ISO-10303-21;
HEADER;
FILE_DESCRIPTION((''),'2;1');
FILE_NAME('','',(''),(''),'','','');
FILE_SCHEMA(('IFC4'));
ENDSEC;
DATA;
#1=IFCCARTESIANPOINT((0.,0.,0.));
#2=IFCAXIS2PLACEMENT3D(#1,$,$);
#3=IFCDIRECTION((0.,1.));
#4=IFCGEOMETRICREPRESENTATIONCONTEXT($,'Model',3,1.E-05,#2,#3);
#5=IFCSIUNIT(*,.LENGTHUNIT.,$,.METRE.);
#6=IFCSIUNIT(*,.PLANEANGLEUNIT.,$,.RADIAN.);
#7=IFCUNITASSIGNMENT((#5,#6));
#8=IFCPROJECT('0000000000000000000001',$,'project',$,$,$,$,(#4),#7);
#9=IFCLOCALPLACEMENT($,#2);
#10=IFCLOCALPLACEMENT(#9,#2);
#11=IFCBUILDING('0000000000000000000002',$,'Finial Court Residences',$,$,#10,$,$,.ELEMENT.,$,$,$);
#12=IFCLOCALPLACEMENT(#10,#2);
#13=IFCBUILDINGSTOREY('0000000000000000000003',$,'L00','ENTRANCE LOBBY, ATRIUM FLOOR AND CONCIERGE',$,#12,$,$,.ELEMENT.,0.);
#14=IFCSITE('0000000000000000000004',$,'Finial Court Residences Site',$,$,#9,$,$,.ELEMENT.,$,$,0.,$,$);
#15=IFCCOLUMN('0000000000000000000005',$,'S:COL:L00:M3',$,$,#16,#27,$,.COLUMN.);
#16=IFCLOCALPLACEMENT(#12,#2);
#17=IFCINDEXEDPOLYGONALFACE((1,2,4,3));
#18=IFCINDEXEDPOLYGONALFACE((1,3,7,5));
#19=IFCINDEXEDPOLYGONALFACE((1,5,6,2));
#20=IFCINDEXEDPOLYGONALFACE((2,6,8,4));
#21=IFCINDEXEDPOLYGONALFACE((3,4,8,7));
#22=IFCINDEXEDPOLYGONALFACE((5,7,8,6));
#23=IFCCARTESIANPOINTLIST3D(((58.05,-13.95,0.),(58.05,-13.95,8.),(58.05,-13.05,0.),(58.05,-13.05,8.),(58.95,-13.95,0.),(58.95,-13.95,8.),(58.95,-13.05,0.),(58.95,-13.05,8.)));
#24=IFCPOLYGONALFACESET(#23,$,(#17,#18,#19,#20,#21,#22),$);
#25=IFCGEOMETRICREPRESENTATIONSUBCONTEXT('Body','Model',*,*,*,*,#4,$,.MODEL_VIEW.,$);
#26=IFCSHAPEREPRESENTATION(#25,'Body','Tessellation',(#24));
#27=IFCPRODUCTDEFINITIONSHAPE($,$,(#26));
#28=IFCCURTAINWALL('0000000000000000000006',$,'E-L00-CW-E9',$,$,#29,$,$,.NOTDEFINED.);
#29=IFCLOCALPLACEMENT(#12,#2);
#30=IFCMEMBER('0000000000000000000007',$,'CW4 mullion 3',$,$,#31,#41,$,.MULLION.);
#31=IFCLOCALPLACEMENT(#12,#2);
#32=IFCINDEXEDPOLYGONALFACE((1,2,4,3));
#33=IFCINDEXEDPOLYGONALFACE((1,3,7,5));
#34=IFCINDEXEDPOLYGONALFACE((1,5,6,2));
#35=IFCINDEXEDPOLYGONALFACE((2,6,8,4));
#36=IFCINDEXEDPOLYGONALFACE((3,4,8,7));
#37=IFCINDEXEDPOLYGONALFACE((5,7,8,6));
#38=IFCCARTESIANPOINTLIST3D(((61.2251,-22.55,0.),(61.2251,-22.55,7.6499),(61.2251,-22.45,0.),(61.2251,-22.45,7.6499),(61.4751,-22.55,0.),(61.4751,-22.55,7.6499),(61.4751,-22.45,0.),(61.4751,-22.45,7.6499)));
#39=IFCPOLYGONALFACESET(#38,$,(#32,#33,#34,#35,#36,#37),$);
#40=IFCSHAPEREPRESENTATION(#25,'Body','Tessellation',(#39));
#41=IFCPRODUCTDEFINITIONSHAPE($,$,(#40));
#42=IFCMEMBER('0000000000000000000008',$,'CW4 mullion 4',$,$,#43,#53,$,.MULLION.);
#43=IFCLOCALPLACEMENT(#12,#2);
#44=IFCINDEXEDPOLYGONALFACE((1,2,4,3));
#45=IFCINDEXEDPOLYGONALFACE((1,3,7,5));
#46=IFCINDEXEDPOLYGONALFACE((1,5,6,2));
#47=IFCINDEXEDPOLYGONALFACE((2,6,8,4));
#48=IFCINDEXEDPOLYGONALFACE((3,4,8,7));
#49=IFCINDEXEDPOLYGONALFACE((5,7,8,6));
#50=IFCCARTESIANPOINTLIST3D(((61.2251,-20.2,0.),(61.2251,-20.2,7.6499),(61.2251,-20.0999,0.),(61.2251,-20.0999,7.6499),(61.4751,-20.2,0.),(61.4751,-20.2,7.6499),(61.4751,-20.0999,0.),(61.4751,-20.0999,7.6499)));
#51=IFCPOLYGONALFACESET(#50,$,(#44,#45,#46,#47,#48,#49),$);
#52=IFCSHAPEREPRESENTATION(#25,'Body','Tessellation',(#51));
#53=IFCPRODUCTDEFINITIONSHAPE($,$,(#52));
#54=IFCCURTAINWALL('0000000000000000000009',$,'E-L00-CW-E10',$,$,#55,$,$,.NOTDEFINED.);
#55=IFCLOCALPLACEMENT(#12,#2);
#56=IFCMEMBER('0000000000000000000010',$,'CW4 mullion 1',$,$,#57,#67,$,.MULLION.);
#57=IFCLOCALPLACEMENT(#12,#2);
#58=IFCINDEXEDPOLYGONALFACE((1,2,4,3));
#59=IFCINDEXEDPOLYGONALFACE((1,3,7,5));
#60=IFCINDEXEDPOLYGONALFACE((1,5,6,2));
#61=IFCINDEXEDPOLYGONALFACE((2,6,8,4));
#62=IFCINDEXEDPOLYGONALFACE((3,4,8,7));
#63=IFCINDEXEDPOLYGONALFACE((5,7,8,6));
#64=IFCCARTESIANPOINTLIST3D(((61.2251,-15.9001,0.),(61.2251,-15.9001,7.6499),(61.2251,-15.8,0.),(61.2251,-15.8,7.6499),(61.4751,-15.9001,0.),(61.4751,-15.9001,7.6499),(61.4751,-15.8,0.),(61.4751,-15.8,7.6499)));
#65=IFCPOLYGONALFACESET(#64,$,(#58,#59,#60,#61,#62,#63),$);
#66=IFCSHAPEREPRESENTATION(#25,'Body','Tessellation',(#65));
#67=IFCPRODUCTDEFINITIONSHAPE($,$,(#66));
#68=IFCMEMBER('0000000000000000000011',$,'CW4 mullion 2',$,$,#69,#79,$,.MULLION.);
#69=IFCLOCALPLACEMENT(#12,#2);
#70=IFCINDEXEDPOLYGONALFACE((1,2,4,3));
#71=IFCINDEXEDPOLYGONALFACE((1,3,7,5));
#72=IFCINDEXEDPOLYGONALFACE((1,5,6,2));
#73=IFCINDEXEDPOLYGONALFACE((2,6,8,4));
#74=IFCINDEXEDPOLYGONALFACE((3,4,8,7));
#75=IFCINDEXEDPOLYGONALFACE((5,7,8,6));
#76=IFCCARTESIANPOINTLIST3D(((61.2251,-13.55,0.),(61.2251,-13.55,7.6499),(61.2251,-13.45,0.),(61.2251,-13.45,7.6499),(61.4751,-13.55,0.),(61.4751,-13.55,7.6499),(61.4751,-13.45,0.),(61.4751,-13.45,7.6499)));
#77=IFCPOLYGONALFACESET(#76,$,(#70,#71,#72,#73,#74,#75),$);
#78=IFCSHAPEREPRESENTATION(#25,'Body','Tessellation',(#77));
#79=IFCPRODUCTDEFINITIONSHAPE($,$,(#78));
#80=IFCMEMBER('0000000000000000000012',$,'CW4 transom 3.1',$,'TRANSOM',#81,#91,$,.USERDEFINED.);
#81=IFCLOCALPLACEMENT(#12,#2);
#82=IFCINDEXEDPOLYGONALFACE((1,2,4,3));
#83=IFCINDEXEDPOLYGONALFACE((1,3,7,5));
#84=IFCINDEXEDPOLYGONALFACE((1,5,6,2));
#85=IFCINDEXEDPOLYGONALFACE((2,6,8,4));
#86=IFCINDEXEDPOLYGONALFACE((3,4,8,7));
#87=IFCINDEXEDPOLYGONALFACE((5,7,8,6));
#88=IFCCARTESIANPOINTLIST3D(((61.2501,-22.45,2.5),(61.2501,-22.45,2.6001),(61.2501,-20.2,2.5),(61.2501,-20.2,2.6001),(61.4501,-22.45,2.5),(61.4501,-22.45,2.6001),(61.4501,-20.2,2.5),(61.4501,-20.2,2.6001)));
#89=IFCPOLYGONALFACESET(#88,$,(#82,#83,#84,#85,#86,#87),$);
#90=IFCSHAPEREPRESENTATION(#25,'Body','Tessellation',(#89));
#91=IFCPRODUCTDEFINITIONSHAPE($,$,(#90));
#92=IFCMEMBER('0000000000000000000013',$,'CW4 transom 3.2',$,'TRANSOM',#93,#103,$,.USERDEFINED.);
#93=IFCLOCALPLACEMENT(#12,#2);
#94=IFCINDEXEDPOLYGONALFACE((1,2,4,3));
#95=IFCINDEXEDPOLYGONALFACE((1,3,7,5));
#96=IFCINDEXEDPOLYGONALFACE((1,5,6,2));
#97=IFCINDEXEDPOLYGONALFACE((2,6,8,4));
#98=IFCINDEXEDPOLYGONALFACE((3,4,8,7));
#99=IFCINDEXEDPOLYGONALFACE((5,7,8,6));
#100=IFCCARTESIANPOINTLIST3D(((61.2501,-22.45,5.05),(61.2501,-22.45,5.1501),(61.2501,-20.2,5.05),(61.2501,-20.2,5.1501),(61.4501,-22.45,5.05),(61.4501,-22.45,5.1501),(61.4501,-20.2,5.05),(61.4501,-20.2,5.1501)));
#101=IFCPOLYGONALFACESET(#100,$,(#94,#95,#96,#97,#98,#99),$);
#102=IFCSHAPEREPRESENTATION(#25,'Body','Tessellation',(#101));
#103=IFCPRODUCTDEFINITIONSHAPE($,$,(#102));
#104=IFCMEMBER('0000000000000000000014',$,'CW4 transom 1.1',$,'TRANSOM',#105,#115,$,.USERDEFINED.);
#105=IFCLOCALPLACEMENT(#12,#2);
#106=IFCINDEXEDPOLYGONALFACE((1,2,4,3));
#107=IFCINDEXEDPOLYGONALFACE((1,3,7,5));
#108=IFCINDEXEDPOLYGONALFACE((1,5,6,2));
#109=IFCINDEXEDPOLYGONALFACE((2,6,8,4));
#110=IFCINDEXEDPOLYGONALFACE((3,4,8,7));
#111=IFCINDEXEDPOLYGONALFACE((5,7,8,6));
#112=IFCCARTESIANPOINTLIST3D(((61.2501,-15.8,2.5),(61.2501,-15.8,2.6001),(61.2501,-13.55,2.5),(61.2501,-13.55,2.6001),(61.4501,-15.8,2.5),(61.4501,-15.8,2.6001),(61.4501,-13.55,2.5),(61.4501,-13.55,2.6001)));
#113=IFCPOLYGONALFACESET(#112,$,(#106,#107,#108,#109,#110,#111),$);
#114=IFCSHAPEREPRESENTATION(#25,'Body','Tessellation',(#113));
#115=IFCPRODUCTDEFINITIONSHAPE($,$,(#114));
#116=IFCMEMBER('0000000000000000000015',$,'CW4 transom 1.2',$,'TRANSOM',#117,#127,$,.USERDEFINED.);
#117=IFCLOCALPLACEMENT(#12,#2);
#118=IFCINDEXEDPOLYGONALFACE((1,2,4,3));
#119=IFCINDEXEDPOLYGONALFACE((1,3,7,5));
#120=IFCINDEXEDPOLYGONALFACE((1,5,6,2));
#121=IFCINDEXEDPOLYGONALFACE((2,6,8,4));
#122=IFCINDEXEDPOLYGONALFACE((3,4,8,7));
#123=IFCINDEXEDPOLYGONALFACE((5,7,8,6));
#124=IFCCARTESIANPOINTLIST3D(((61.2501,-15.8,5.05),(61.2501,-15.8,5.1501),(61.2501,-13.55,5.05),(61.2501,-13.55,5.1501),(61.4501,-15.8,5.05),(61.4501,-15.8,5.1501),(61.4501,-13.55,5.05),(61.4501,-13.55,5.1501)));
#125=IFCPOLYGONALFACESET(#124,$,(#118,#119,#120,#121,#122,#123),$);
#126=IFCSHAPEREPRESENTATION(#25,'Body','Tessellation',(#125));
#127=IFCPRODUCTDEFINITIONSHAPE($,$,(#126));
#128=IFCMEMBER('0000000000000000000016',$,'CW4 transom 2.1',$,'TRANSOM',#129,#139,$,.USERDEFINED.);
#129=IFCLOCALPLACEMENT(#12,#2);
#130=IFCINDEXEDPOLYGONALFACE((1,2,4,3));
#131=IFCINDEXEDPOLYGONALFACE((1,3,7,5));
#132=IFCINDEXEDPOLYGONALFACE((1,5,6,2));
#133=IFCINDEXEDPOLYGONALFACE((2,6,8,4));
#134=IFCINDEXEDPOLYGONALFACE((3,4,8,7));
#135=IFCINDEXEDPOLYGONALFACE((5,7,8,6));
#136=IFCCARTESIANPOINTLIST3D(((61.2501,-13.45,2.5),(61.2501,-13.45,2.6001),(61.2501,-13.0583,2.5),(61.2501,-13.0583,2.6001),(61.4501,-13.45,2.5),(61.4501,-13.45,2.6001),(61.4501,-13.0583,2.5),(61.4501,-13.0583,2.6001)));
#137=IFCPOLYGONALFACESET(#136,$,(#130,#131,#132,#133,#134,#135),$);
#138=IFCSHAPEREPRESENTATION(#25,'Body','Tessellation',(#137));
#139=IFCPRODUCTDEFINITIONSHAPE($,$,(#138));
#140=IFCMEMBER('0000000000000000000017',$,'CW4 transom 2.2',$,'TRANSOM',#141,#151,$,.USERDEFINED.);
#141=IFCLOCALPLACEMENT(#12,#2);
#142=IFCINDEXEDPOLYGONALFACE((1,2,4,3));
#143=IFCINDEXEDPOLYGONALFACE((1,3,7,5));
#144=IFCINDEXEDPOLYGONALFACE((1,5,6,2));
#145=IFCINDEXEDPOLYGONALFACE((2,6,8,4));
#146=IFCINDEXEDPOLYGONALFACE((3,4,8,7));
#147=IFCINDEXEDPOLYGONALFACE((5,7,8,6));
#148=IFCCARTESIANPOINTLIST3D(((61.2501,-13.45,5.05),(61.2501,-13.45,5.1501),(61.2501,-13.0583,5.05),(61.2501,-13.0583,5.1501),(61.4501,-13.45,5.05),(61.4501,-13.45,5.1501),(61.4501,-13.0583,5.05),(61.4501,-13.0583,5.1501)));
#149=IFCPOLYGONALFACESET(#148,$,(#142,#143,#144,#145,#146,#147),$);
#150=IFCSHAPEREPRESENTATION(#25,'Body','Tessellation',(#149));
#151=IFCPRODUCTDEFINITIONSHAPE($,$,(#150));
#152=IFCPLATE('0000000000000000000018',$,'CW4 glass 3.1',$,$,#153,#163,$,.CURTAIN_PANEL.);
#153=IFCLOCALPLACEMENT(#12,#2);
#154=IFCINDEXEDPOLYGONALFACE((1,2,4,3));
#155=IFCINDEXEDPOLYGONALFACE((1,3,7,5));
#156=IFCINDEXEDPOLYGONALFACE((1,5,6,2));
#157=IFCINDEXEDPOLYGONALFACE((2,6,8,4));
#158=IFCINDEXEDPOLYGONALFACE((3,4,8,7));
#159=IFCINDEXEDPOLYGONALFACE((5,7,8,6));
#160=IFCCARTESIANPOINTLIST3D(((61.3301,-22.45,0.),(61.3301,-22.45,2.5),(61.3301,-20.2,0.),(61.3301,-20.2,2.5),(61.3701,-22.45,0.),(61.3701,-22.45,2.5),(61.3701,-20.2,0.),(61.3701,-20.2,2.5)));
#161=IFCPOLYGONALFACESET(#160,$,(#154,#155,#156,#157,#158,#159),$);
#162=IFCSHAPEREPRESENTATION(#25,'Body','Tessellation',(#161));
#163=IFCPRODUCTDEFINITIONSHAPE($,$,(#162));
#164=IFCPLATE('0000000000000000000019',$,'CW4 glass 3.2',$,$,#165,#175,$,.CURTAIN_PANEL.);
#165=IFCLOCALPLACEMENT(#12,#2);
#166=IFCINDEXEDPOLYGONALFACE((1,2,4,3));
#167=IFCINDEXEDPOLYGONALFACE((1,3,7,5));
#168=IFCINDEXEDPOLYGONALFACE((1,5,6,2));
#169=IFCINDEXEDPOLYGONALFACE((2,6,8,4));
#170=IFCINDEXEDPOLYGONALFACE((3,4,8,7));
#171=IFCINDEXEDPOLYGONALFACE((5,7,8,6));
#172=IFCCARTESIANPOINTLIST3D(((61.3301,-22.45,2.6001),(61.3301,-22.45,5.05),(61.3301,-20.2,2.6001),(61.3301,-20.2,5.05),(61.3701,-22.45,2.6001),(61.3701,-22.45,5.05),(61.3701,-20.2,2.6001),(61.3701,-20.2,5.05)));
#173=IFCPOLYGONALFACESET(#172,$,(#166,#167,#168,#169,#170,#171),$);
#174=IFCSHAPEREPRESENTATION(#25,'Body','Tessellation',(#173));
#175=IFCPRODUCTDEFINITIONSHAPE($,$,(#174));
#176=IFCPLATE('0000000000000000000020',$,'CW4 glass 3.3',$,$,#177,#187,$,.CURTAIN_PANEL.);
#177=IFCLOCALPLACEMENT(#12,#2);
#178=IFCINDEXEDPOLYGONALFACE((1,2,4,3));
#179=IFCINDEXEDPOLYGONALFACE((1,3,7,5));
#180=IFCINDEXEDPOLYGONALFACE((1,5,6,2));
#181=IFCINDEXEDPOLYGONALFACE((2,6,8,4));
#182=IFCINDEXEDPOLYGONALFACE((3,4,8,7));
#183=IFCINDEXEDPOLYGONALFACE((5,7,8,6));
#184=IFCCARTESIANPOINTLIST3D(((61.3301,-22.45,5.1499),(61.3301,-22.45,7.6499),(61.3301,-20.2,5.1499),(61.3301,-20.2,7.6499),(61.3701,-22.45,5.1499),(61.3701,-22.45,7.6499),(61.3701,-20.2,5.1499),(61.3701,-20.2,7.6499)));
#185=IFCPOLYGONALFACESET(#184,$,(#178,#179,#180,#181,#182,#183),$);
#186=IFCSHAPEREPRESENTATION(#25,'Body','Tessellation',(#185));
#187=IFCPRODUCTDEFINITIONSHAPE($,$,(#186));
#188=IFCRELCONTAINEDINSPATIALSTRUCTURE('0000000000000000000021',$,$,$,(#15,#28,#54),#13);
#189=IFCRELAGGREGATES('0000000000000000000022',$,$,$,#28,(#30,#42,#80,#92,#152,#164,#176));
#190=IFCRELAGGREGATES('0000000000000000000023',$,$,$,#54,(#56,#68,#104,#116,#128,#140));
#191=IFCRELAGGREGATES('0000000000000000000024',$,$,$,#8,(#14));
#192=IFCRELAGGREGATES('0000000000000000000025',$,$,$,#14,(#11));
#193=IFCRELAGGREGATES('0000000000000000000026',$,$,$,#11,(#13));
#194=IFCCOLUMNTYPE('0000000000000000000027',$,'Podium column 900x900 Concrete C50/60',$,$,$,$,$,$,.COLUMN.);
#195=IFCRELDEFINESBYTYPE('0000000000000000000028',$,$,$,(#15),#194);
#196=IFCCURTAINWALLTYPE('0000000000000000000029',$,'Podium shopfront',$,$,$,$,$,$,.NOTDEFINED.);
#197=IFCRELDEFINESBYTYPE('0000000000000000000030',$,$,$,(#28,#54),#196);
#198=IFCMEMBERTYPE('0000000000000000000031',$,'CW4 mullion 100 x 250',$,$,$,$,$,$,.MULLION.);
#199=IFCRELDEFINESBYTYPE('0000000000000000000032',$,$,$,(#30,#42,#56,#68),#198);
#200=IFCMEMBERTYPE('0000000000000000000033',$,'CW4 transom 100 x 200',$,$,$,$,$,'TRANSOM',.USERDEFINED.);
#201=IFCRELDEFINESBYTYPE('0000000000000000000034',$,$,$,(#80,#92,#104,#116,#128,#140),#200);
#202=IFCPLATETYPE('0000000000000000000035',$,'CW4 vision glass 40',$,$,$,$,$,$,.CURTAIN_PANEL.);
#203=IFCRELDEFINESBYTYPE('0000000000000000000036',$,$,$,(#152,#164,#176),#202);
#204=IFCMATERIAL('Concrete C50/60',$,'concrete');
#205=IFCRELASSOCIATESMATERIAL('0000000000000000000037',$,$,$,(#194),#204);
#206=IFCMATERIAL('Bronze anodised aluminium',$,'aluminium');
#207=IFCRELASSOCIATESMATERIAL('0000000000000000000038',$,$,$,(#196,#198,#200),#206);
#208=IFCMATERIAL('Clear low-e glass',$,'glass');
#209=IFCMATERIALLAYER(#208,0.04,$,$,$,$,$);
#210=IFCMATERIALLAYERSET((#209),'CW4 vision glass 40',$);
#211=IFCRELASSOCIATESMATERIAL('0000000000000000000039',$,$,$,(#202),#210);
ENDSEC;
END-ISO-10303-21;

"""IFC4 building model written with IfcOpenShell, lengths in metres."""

from ifc_helpers import new_model, si_unit, direction, frame, origin, origin_2d, place, context, subcontext, project, spatial, rectangle, extrude, material, layer, layer_set, material_profile, profile_set, type_object, element, aggregate, save


model = new_model("IFC4")

# Units and contexts
model_context = context("Model", 3, precision=1e-05, world=origin(), true_north=direction((0.0, 1.0)))
body_context = subcontext(model_context, "Body", "Model", "MODEL_VIEW")
ifc_project = project(units=[si_unit("LENGTHUNIT", "METRE"), si_unit("PLANEANGLEUNIT", "RADIAN")], contexts=[model_context])

# Site, building, storey
site_placement = place(None, origin())
site = spatial("IfcSite", under=ifc_project, at=site_placement, Name="Finial Court Residences Site", CompositionType="ELEMENT", RefElevation=0.0)
building_placement = place(site_placement, origin())
building = spatial("IfcBuilding", under=site, at=building_placement, Name="Finial Court Residences", CompositionType="ELEMENT")
storey_placement = place(building_placement, origin())
storey = spatial("IfcBuildingStorey", under=building, at=storey_placement, Name="L00", Description="ENTRANCE LOBBY, ATRIUM FLOOR AND CONCIERGE", CompositionType="ELEMENT", Elevation=0.0)

# Column
ifc_material_1 = material(Name="Concrete C50/60", Category="concrete")
ifc_material_profile_1 = material_profile(ifc_material_1, rectangle(XDim=0.8999, YDim=0.8999, at=origin_2d()), Name="900x900")
ifc_profile_set_1 = profile_set([ifc_material_profile_1], Name="Concrete C50/60")
column_type = type_object("IfcColumnType", Name="Podium column 900x900 Concrete C50/60", PredefinedType="COLUMN", material=ifc_profile_set_1)
column_placement = place(storey_placement, frame((58.5, -13.5, 0.0), z_axis=(0.0, 0.0, 1.0), x_axis=(1.0, 0.0, 0.0)))
element("IfcColumn", 1, at=column_placement, inside=storey, type_object=column_type, Name="S:COL:L00:M3", PredefinedType="COLUMN", context=body_context, shape_type="SweptSolid", body=[
    extrude(rectangle(XDim=0.8999, YDim=0.8999, at=origin_2d()), origin(), (0.0, 0.0, 1.0), 8.0),
])

# Curtain walls, members
ifc_material_2 = material(Name="Bronze anodised aluminium", Category="aluminium")
curtain_wall_type = type_object("IfcCurtainWallType", Name="Podium shopfront", PredefinedType="NOTDEFINED", material=ifc_material_2)
curtain_wall_1_placement = place(storey_placement, origin())
curtain_wall_1 = element("IfcCurtainWall", 2, at=curtain_wall_1_placement, inside=storey, type_object=curtain_wall_type, Name="E-L00-CW-E9", PredefinedType="NOTDEFINED")
ifc_material_profile_2 = material_profile(ifc_material_2, rectangle(XDim=0.25, YDim=0.1001, at=origin_2d()), Name="CW4 mullion 100 x 250")
ifc_profile_set_2 = profile_set([ifc_material_profile_2], Name="Bronze anodised aluminium")
member_type_1 = type_object("IfcMemberType", Name="CW4 mullion 100 x 250", PredefinedType="MULLION", material=ifc_profile_set_2)
member_1_placement = place(storey_placement, frame((61.3501, -22.5, 0.0), z_axis=(0.0, 0.0, 1.0), x_axis=(-1.0, 0.0, 0.0)))
member_1 = element("IfcMember", 3, at=member_1_placement, type_object=member_type_1, Name="CW4 mullion 3", PredefinedType="MULLION", context=body_context, shape_type="SweptSolid", body=[
    extrude(rectangle(XDim=0.25, YDim=0.1001, at=origin_2d()), origin(), (0.0, 0.0, 1.0), 7.6499),
])
member_2_placement = place(storey_placement, frame((61.3501, -20.1499, 0.0), z_axis=(0.0, 0.0, 1.0), x_axis=(-1.0, 0.0, 0.0)))
member_2 = element("IfcMember", 4, at=member_2_placement, type_object=member_type_1, Name="CW4 mullion 4", PredefinedType="MULLION", context=body_context, shape_type="SweptSolid", body=[
    extrude(rectangle(XDim=0.25, YDim=0.1001, at=origin_2d()), origin(), (0.0, 0.0, 1.0), 7.6499),
])
curtain_wall_2_placement = place(storey_placement, origin())
curtain_wall_2 = element("IfcCurtainWall", 5, at=curtain_wall_2_placement, inside=storey, type_object=curtain_wall_type, Name="E-L00-CW-E10", PredefinedType="NOTDEFINED")
member_3_placement = place(storey_placement, frame((61.3501, -15.8501, 0.0), z_axis=(0.0, 0.0, 1.0), x_axis=(-1.0, 0.0, 0.0)))
member_3 = element("IfcMember", 6, at=member_3_placement, type_object=member_type_1, Name="CW4 mullion 1", PredefinedType="MULLION", context=body_context, shape_type="SweptSolid", body=[
    extrude(rectangle(XDim=0.25, YDim=0.1001, at=origin_2d()), origin(), (0.0, 0.0, 1.0), 7.6499),
])
member_4_placement = place(storey_placement, frame((61.3501, -13.5, 0.0), z_axis=(0.0, 0.0, 1.0), x_axis=(-1.0, 0.0, 0.0)))
member_4 = element("IfcMember", 7, at=member_4_placement, type_object=member_type_1, Name="CW4 mullion 2", PredefinedType="MULLION", context=body_context, shape_type="SweptSolid", body=[
    extrude(rectangle(XDim=0.25, YDim=0.1001, at=origin_2d()), origin(), (0.0, 0.0, 1.0), 7.6499),
])

# Members
ifc_material_profile_3 = material_profile(ifc_material_2, rectangle(XDim=0.2, YDim=0.1001, at=origin_2d()), Name="CW4 transom 100 x 200")
ifc_profile_set_3 = profile_set([ifc_material_profile_3], Name="Bronze anodised aluminium")
member_type_2 = type_object("IfcMemberType", Name="CW4 transom 100 x 200", ElementType="TRANSOM", PredefinedType="USERDEFINED", material=ifc_profile_set_3)
member_5_placement = place(storey_placement, frame((61.3501, -22.45, 2.55), z_axis=(0.0, 1.0, 0.0), x_axis=(-1.0, 0.0, 0.0)))
member_5 = element("IfcMember", 8, at=member_5_placement, type_object=member_type_2, Name="CW4 transom 3.1", ObjectType="TRANSOM", PredefinedType="USERDEFINED", context=body_context, shape_type="SweptSolid", body=[
    extrude(rectangle(XDim=0.2, YDim=0.1001, at=origin_2d()), origin(), (0.0, 0.0, 1.0), 2.25),
])
member_6_placement = place(storey_placement, frame((61.3501, -22.45, 5.1001), z_axis=(0.0, 1.0, 0.0), x_axis=(-1.0, 0.0, 0.0)))
member_6 = element("IfcMember", 9, at=member_6_placement, type_object=member_type_2, Name="CW4 transom 3.2", ObjectType="TRANSOM", PredefinedType="USERDEFINED", context=body_context, shape_type="SweptSolid", body=[
    extrude(rectangle(XDim=0.2, YDim=0.1001, at=origin_2d()), origin(), (0.0, 0.0, 1.0), 2.25),
])
member_7_placement = place(storey_placement, frame((61.3501, -15.8, 2.55), z_axis=(0.0, 1.0, 0.0), x_axis=(-1.0, 0.0, 0.0)))
member_7 = element("IfcMember", 10, at=member_7_placement, type_object=member_type_2, Name="CW4 transom 1.1", ObjectType="TRANSOM", PredefinedType="USERDEFINED", context=body_context, shape_type="SweptSolid", body=[
    extrude(rectangle(XDim=0.2, YDim=0.1001, at=origin_2d()), origin(), (0.0, 0.0, 1.0), 2.25),
])
member_8_placement = place(storey_placement, frame((61.3501, -15.8, 5.1001), z_axis=(0.0, 1.0, 0.0), x_axis=(-1.0, 0.0, 0.0)))
member_8 = element("IfcMember", 11, at=member_8_placement, type_object=member_type_2, Name="CW4 transom 1.2", ObjectType="TRANSOM", PredefinedType="USERDEFINED", context=body_context, shape_type="SweptSolid", body=[
    extrude(rectangle(XDim=0.2, YDim=0.1001, at=origin_2d()), origin(), (0.0, 0.0, 1.0), 2.25),
])
member_9_placement = place(storey_placement, frame((61.3501, -13.45, 2.55), z_axis=(0.0, 1.0, 0.0), x_axis=(-1.0, 0.0, 0.0)))
member_9 = element("IfcMember", 12, at=member_9_placement, type_object=member_type_2, Name="CW4 transom 2.1", ObjectType="TRANSOM", PredefinedType="USERDEFINED", context=body_context, shape_type="SweptSolid", body=[
    extrude(rectangle(XDim=0.2, YDim=0.1001, at=origin_2d()), origin(), (0.0, 0.0, 1.0), 0.3916),
])
member_10_placement = place(storey_placement, frame((61.3501, -13.45, 5.1001), z_axis=(0.0, 1.0, 0.0), x_axis=(-1.0, 0.0, 0.0)))
member_10 = element("IfcMember", 13, at=member_10_placement, type_object=member_type_2, Name="CW4 transom 2.2", ObjectType="TRANSOM", PredefinedType="USERDEFINED", context=body_context, shape_type="SweptSolid", body=[
    extrude(rectangle(XDim=0.2, YDim=0.1001, at=origin_2d()), origin(), (0.0, 0.0, 1.0), 0.3916),
])

# Plates
ifc_material_3 = material(Name="Clear low-e glass", Category="glass")
ifc_layer_1 = layer(ifc_material_3, 0.04)
ifc_layer_set_1 = layer_set([ifc_layer_1], Name="CW4 vision glass 40")
plate_type = type_object("IfcPlateType", Name="CW4 vision glass 40", PredefinedType="CURTAIN_PANEL", material=ifc_layer_set_1)
plate_1_placement = place(storey_placement, frame((61.3501, -21.325, 0.0), z_axis=(0.0, 0.0, 1.0), x_axis=(0.0, 1.0, 0.0)))
plate_1 = element("IfcPlate", 14, at=plate_1_placement, type_object=plate_type, Name="CW4 glass 3.1", PredefinedType="CURTAIN_PANEL", context=body_context, shape_type="SweptSolid", body=[
    extrude(rectangle(XDim=2.25, YDim=0.04, at=origin_2d()), origin(), (0.0, 0.0, 1.0), 2.5),
])
plate_2_placement = place(storey_placement, frame((61.3501, -21.325, 2.6001), z_axis=(0.0, 0.0, 1.0), x_axis=(0.0, 1.0, 0.0)))
plate_2 = element("IfcPlate", 15, at=plate_2_placement, type_object=plate_type, Name="CW4 glass 3.2", PredefinedType="CURTAIN_PANEL", context=body_context, shape_type="SweptSolid", body=[
    extrude(rectangle(XDim=2.25, YDim=0.04, at=origin_2d()), origin(), (0.0, 0.0, 1.0), 2.45),
])
plate_3_placement = place(storey_placement, frame((61.3501, -21.325, 5.1499), z_axis=(0.0, 0.0, 1.0), x_axis=(0.0, 1.0, 0.0)))
plate_3 = element("IfcPlate", 16, at=plate_3_placement, type_object=plate_type, Name="CW4 glass 3.3", PredefinedType="CURTAIN_PANEL", context=body_context, shape_type="SweptSolid", body=[
    extrude(rectangle(XDim=2.25, YDim=0.04, at=origin_2d()), origin(), (0.0, 0.0, 1.0), 2.5),
])
aggregate(curtain_wall_1, [member_1, member_2, member_5, member_6, plate_1, plate_2, plate_3])
aggregate(curtain_wall_2, [member_3, member_4, member_7, member_8, member_9, member_10])

save(model, "model.ifc")
